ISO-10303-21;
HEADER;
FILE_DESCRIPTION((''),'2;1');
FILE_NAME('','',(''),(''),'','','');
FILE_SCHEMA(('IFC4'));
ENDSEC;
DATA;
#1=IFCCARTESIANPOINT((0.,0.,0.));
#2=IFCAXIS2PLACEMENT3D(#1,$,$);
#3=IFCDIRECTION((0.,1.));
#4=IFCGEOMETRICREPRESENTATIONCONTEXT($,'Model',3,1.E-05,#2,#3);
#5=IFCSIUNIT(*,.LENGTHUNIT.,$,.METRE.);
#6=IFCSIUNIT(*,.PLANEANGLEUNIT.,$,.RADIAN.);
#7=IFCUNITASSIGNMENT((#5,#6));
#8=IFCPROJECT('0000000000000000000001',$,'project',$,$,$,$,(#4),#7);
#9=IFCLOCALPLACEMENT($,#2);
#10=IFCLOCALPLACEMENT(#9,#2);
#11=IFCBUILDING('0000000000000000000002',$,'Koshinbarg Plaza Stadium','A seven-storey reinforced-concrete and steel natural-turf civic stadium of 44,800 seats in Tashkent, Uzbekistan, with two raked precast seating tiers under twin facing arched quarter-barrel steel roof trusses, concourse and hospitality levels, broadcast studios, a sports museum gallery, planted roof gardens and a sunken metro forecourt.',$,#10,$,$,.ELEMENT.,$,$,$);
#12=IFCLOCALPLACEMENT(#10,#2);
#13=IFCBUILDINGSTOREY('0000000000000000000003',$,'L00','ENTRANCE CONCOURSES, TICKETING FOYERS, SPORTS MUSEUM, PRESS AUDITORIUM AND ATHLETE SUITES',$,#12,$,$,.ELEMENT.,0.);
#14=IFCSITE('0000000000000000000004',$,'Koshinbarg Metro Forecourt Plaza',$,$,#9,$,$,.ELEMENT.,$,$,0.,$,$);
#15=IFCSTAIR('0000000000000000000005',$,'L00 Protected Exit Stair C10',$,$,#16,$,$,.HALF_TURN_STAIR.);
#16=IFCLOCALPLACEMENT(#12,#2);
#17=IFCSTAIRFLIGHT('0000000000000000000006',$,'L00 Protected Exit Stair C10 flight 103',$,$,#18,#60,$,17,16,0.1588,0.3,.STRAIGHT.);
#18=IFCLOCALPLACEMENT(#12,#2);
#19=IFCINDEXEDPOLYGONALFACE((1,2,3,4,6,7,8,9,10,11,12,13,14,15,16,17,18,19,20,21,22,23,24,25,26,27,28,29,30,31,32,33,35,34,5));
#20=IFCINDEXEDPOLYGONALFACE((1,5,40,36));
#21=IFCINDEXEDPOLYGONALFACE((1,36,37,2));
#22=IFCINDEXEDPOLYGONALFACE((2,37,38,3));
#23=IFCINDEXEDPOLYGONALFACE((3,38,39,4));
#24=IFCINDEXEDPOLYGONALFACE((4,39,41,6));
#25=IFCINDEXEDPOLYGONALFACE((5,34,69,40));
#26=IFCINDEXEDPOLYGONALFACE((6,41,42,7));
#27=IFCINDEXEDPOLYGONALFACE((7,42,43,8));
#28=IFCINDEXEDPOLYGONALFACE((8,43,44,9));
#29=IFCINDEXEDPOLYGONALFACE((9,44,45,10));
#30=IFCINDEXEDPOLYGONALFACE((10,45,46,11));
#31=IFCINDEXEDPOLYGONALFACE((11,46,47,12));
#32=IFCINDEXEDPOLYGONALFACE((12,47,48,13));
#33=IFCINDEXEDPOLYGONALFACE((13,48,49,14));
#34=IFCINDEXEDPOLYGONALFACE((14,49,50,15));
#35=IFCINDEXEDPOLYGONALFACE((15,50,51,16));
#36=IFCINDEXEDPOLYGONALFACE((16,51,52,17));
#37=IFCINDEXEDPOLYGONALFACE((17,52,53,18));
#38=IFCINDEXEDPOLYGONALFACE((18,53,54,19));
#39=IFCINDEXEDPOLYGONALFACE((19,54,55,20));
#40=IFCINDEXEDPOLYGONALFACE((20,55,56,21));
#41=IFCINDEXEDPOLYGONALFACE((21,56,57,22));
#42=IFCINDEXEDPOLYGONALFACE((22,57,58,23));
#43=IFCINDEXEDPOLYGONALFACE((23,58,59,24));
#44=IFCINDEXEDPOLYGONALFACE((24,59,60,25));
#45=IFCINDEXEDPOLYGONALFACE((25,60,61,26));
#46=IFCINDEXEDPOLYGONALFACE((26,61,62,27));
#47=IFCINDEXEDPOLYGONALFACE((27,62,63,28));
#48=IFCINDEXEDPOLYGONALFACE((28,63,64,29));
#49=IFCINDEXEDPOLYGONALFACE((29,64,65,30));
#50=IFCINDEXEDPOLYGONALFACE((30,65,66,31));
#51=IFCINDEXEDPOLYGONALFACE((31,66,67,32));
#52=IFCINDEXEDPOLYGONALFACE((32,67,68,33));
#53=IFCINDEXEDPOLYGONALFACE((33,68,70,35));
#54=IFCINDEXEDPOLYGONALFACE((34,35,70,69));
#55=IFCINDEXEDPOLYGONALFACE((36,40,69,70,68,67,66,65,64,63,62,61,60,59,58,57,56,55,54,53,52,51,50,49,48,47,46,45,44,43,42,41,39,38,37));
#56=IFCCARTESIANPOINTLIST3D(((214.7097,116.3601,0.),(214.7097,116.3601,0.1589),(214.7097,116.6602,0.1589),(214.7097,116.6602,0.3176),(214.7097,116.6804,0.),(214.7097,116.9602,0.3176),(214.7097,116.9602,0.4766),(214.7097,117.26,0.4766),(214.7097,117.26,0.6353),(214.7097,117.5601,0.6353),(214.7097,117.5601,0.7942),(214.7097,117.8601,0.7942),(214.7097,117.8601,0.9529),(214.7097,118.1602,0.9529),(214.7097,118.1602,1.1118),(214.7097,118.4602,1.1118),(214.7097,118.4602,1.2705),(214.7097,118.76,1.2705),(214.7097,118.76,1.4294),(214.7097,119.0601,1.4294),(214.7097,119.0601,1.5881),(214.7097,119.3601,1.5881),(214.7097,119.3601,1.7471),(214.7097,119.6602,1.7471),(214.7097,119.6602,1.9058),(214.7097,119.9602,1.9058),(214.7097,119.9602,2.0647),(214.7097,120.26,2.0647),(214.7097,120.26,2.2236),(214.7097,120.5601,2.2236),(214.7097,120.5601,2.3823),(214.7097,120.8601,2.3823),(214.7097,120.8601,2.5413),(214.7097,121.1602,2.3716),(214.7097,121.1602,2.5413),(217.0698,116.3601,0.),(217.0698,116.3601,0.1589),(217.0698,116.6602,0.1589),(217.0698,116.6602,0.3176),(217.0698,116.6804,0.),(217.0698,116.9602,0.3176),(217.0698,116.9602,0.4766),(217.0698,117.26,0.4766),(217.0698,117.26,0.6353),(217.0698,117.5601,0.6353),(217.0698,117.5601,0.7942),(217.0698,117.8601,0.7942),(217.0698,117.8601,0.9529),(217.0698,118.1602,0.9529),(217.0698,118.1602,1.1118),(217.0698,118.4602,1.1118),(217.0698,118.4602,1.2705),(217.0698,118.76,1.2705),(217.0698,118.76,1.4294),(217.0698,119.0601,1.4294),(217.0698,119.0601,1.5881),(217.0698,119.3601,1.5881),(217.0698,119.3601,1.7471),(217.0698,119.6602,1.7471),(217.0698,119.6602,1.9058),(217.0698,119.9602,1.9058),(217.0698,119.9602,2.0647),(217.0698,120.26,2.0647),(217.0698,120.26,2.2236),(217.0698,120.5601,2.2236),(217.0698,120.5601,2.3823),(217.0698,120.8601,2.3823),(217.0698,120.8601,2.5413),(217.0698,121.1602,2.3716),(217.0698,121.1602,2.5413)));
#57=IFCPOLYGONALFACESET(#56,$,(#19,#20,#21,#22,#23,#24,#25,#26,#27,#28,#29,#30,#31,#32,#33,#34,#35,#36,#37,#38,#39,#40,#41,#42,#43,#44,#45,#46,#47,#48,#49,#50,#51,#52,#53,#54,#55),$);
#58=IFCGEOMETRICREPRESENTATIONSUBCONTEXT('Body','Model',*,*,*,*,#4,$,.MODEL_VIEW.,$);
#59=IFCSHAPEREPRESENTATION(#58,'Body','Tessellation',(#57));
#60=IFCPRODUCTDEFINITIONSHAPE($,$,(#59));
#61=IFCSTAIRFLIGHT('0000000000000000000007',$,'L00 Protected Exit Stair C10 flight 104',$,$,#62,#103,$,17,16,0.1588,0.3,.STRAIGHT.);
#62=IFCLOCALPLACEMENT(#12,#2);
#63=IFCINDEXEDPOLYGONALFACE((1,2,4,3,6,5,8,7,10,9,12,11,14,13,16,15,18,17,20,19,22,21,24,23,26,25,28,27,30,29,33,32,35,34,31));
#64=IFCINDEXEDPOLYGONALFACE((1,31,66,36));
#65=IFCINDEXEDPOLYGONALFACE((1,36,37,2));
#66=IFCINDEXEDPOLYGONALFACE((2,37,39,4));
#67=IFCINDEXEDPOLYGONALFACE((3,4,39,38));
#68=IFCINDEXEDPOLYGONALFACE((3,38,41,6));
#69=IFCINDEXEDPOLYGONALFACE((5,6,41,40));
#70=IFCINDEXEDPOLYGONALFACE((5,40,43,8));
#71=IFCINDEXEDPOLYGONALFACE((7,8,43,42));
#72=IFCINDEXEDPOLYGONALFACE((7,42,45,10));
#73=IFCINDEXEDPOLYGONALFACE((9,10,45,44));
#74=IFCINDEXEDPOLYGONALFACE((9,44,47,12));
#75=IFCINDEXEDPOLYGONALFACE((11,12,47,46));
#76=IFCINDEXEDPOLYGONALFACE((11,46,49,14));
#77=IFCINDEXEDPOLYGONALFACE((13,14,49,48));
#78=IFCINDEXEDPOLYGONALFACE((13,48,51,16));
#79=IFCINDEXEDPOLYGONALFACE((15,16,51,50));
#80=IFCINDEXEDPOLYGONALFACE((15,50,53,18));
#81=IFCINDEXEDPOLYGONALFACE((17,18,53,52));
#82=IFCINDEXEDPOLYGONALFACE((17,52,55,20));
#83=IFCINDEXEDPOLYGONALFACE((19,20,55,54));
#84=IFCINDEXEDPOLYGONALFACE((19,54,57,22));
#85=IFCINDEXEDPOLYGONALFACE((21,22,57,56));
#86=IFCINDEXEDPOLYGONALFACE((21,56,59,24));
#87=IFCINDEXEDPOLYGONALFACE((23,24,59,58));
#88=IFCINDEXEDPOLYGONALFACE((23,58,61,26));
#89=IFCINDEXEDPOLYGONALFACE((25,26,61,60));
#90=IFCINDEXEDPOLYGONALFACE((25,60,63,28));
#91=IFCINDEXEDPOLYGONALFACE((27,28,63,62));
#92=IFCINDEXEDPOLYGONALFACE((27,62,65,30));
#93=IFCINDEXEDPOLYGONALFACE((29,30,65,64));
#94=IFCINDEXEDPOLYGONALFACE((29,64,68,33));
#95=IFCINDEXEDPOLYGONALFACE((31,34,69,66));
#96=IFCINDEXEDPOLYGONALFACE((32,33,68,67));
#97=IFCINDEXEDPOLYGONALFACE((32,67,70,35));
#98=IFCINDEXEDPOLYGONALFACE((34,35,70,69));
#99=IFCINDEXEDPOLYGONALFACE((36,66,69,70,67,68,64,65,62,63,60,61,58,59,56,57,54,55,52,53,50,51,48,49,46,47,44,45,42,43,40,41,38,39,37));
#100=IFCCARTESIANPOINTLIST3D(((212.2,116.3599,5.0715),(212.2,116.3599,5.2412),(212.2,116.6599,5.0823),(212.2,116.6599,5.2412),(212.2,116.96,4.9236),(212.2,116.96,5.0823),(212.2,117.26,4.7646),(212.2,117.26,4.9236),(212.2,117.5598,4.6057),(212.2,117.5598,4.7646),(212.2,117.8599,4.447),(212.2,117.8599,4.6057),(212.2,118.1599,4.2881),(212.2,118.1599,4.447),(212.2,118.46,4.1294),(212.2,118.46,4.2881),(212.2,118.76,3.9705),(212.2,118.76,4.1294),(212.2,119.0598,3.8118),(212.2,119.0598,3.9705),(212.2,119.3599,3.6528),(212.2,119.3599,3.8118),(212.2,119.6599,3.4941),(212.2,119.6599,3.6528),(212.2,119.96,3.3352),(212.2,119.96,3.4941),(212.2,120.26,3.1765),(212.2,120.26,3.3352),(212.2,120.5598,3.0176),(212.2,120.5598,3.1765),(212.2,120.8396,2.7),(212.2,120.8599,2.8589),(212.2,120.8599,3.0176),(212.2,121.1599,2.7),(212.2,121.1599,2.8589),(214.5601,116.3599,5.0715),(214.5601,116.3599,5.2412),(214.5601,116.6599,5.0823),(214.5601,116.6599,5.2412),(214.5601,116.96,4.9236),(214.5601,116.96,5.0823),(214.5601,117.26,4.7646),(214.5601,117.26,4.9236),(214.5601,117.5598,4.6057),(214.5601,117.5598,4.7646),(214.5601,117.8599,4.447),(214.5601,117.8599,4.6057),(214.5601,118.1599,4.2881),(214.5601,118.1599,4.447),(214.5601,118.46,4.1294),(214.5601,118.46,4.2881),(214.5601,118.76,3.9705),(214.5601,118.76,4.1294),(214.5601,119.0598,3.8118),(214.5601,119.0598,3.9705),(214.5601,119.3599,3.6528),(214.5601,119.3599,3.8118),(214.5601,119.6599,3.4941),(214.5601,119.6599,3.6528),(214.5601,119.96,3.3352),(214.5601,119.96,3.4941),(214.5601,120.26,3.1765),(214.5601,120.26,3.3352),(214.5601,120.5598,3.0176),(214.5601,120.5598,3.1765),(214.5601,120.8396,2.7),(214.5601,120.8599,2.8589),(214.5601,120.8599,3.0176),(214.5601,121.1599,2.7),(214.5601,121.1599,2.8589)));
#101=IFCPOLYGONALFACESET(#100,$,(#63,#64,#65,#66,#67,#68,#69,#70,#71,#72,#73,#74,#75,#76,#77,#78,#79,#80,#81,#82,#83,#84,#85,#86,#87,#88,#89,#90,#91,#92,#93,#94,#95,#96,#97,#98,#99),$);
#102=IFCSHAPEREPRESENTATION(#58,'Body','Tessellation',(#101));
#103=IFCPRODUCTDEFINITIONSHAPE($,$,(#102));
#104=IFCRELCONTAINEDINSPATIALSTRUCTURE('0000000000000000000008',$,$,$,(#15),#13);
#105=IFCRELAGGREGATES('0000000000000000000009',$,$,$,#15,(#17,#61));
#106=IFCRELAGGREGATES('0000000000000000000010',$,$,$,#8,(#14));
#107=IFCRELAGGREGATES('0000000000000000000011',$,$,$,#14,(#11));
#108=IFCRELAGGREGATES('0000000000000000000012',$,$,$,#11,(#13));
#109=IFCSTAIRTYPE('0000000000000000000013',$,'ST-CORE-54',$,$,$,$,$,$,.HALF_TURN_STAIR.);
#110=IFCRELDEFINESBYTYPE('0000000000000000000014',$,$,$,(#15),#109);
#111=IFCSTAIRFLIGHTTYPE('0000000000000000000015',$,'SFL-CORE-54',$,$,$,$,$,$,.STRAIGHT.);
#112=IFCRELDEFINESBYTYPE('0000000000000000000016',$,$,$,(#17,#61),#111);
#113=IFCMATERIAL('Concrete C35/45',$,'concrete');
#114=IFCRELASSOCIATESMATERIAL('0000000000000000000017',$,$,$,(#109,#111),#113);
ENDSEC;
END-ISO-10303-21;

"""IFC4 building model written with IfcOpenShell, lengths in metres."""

from ifc_helpers import new_model, si_unit, direction, frame, origin, place, context, subcontext, project, spatial, polyline, outline, extrude, material, type_object, element, aggregate, save


model = new_model("IFC4")

# Units and contexts
model_context = context("Model", 3, precision=1e-05, world=origin(), true_north=direction((0.0, 1.0)))
body_context = subcontext(model_context, "Body", "Model", "MODEL_VIEW")
ifc_project = project(units=[si_unit("LENGTHUNIT", "METRE"), si_unit("PLANEANGLEUNIT", "RADIAN")], contexts=[model_context])

# Site, building, storey
site_placement = place(None, origin())
site = spatial("IfcSite", under=ifc_project, at=site_placement, Name="Koshinbarg Metro Forecourt Plaza", CompositionType="ELEMENT", RefElevation=0.0)
building_placement = place(site_placement, origin())
building = spatial("IfcBuilding", under=site, at=building_placement, Name="Koshinbarg Plaza Stadium", Description="A seven-storey reinforced-concrete and steel natural-turf civic stadium of 44,800 seats in Tashkent, Uzbekistan, with two raked precast seating tiers under twin facing arched quarter-barrel steel roof trusses, concourse and hospitality levels, broadcast studios, a sports museum gallery, planted roof gardens and a sunken metro forecourt.", CompositionType="ELEMENT")
storey_placement = place(building_placement, origin())
storey = spatial("IfcBuildingStorey", under=building, at=storey_placement, Name="L00", Description="ENTRANCE CONCOURSES, TICKETING FOYERS, SPORTS MUSEUM, PRESS AUDITORIUM AND ATHLETE SUITES", CompositionType="ELEMENT", Elevation=0.0)

# Shared definitions
ifc_material_1 = material(Name="Concrete C35/45", Category="concrete")

# Stair, stair flights
stair_type = type_object("IfcStairType", Name="ST-CORE-54", PredefinedType="HALF_TURN_STAIR", material=ifc_material_1)
stair_placement = place(storey_placement, origin())
stair = element("IfcStair", 1, at=stair_placement, inside=storey, type_object=stair_type, Name="L00 Protected Exit Stair C10", PredefinedType="HALF_TURN_STAIR")
stair_flight_type = type_object("IfcStairFlightType", Name="SFL-CORE-54", PredefinedType="STRAIGHT", material=ifc_material_1)
stair_flight_1_placement = place(storey_placement, frame((215.8899, 116.3601, 0.0), z_axis=(0.0, 0.0, 1.0), x_axis=(0.0, 1.0, 0.0)))
stair_flight_1 = element("IfcStairFlight", 2, at=stair_flight_1_placement, type_object=stair_flight_type, Name="L00 Protected Exit Stair C10 flight 103", NumberOfRisers=17, NumberOfTreads=16, PredefinedType="STRAIGHT", RiserHeight=0.1588, TreadLength=0.3, context=body_context, shape_type="SweptSolid", body=[
    extrude(outline(polyline([(0.0, 0.0), (0.0, 0.1589), (0.3, 0.1589), (0.3, 0.3176), (0.6001, 0.3176), (0.6001, 0.4766), (0.8999, 0.4766), (0.8999, 0.6353), (1.2, 0.6353), (1.2, 0.7942), (1.5, 0.7942), (1.5, 0.9529), (1.8, 0.9529), (1.8, 1.1118), (2.1001, 1.1118), (2.1001, 1.2705), (2.3999, 1.2705), (2.3999, 1.4294), (2.7, 1.4294), (2.7, 1.5881), (3.0, 1.5881), (3.0, 1.7471), (3.3, 1.7471), (3.3, 1.9058), (3.6001, 1.9058), (3.6001, 2.0647), (3.8999, 2.0647), (3.8999, 2.2236), (4.2, 2.2236), (4.2, 2.3823), (4.5, 2.3823), (4.5, 2.5413), (4.8, 2.5413), (4.8, 2.7), (4.8, 2.3716), (0.3203, 0.0), (0.0, 0.0)])), frame((0.0, 1.1802, 0.0), z_axis=(0.0, -1.0, 0.0), x_axis=(1.0, 0.0, 0.0)), (0.0, 0.0, 1.0), 2.3601),
])
stair_flight_2_placement = place(storey_placement, frame((213.3799, 121.1599, 2.7), z_axis=(0.0, 0.0, 1.0), x_axis=(0.0, -1.0, 0.0)))
stair_flight_2 = element("IfcStairFlight", 3, at=stair_flight_2_placement, type_object=stair_flight_type, Name="L00 Protected Exit Stair C10 flight 104", NumberOfRisers=17, NumberOfTreads=16, PredefinedType="STRAIGHT", RiserHeight=0.1588, TreadLength=0.3, context=body_context, shape_type="SweptSolid", body=[
    extrude(outline(polyline([(0.0, 0.0), (0.0, 0.1589), (0.3, 0.1589), (0.3, 0.3176), (0.6001, 0.3176), (0.6001, 0.4766), (0.8999, 0.4766), (0.8999, 0.6353), (1.2, 0.6353), (1.2, 0.7942), (1.5, 0.7942), (1.5, 0.9529), (1.8, 0.9529), (1.8, 1.1118), (2.1001, 1.1118), (2.1001, 1.2705), (2.3999, 1.2705), (2.3999, 1.4294), (2.7, 1.4294), (2.7, 1.5881), (3.0, 1.5881), (3.0, 1.7471), (3.3, 1.7471), (3.3, 1.9058), (3.6001, 1.9058), (3.6001, 2.0647), (3.8999, 2.0647), (3.8999, 2.2236), (4.2, 2.2236), (4.2, 2.3823), (4.5, 2.3823), (4.5, 2.5413), (4.8, 2.5413), (4.8, 2.7), (4.8, 2.3716), (0.3203, 0.0), (0.0, 0.0)])), frame((0.0, 1.1802, 0.0), z_axis=(0.0, -1.0, 0.0), x_axis=(1.0, 0.0, 0.0)), (0.0, 0.0, 1.0), 2.3601),
])
aggregate(stair, [stair_flight_1, stair_flight_2])

save(model, "model.ifc")
